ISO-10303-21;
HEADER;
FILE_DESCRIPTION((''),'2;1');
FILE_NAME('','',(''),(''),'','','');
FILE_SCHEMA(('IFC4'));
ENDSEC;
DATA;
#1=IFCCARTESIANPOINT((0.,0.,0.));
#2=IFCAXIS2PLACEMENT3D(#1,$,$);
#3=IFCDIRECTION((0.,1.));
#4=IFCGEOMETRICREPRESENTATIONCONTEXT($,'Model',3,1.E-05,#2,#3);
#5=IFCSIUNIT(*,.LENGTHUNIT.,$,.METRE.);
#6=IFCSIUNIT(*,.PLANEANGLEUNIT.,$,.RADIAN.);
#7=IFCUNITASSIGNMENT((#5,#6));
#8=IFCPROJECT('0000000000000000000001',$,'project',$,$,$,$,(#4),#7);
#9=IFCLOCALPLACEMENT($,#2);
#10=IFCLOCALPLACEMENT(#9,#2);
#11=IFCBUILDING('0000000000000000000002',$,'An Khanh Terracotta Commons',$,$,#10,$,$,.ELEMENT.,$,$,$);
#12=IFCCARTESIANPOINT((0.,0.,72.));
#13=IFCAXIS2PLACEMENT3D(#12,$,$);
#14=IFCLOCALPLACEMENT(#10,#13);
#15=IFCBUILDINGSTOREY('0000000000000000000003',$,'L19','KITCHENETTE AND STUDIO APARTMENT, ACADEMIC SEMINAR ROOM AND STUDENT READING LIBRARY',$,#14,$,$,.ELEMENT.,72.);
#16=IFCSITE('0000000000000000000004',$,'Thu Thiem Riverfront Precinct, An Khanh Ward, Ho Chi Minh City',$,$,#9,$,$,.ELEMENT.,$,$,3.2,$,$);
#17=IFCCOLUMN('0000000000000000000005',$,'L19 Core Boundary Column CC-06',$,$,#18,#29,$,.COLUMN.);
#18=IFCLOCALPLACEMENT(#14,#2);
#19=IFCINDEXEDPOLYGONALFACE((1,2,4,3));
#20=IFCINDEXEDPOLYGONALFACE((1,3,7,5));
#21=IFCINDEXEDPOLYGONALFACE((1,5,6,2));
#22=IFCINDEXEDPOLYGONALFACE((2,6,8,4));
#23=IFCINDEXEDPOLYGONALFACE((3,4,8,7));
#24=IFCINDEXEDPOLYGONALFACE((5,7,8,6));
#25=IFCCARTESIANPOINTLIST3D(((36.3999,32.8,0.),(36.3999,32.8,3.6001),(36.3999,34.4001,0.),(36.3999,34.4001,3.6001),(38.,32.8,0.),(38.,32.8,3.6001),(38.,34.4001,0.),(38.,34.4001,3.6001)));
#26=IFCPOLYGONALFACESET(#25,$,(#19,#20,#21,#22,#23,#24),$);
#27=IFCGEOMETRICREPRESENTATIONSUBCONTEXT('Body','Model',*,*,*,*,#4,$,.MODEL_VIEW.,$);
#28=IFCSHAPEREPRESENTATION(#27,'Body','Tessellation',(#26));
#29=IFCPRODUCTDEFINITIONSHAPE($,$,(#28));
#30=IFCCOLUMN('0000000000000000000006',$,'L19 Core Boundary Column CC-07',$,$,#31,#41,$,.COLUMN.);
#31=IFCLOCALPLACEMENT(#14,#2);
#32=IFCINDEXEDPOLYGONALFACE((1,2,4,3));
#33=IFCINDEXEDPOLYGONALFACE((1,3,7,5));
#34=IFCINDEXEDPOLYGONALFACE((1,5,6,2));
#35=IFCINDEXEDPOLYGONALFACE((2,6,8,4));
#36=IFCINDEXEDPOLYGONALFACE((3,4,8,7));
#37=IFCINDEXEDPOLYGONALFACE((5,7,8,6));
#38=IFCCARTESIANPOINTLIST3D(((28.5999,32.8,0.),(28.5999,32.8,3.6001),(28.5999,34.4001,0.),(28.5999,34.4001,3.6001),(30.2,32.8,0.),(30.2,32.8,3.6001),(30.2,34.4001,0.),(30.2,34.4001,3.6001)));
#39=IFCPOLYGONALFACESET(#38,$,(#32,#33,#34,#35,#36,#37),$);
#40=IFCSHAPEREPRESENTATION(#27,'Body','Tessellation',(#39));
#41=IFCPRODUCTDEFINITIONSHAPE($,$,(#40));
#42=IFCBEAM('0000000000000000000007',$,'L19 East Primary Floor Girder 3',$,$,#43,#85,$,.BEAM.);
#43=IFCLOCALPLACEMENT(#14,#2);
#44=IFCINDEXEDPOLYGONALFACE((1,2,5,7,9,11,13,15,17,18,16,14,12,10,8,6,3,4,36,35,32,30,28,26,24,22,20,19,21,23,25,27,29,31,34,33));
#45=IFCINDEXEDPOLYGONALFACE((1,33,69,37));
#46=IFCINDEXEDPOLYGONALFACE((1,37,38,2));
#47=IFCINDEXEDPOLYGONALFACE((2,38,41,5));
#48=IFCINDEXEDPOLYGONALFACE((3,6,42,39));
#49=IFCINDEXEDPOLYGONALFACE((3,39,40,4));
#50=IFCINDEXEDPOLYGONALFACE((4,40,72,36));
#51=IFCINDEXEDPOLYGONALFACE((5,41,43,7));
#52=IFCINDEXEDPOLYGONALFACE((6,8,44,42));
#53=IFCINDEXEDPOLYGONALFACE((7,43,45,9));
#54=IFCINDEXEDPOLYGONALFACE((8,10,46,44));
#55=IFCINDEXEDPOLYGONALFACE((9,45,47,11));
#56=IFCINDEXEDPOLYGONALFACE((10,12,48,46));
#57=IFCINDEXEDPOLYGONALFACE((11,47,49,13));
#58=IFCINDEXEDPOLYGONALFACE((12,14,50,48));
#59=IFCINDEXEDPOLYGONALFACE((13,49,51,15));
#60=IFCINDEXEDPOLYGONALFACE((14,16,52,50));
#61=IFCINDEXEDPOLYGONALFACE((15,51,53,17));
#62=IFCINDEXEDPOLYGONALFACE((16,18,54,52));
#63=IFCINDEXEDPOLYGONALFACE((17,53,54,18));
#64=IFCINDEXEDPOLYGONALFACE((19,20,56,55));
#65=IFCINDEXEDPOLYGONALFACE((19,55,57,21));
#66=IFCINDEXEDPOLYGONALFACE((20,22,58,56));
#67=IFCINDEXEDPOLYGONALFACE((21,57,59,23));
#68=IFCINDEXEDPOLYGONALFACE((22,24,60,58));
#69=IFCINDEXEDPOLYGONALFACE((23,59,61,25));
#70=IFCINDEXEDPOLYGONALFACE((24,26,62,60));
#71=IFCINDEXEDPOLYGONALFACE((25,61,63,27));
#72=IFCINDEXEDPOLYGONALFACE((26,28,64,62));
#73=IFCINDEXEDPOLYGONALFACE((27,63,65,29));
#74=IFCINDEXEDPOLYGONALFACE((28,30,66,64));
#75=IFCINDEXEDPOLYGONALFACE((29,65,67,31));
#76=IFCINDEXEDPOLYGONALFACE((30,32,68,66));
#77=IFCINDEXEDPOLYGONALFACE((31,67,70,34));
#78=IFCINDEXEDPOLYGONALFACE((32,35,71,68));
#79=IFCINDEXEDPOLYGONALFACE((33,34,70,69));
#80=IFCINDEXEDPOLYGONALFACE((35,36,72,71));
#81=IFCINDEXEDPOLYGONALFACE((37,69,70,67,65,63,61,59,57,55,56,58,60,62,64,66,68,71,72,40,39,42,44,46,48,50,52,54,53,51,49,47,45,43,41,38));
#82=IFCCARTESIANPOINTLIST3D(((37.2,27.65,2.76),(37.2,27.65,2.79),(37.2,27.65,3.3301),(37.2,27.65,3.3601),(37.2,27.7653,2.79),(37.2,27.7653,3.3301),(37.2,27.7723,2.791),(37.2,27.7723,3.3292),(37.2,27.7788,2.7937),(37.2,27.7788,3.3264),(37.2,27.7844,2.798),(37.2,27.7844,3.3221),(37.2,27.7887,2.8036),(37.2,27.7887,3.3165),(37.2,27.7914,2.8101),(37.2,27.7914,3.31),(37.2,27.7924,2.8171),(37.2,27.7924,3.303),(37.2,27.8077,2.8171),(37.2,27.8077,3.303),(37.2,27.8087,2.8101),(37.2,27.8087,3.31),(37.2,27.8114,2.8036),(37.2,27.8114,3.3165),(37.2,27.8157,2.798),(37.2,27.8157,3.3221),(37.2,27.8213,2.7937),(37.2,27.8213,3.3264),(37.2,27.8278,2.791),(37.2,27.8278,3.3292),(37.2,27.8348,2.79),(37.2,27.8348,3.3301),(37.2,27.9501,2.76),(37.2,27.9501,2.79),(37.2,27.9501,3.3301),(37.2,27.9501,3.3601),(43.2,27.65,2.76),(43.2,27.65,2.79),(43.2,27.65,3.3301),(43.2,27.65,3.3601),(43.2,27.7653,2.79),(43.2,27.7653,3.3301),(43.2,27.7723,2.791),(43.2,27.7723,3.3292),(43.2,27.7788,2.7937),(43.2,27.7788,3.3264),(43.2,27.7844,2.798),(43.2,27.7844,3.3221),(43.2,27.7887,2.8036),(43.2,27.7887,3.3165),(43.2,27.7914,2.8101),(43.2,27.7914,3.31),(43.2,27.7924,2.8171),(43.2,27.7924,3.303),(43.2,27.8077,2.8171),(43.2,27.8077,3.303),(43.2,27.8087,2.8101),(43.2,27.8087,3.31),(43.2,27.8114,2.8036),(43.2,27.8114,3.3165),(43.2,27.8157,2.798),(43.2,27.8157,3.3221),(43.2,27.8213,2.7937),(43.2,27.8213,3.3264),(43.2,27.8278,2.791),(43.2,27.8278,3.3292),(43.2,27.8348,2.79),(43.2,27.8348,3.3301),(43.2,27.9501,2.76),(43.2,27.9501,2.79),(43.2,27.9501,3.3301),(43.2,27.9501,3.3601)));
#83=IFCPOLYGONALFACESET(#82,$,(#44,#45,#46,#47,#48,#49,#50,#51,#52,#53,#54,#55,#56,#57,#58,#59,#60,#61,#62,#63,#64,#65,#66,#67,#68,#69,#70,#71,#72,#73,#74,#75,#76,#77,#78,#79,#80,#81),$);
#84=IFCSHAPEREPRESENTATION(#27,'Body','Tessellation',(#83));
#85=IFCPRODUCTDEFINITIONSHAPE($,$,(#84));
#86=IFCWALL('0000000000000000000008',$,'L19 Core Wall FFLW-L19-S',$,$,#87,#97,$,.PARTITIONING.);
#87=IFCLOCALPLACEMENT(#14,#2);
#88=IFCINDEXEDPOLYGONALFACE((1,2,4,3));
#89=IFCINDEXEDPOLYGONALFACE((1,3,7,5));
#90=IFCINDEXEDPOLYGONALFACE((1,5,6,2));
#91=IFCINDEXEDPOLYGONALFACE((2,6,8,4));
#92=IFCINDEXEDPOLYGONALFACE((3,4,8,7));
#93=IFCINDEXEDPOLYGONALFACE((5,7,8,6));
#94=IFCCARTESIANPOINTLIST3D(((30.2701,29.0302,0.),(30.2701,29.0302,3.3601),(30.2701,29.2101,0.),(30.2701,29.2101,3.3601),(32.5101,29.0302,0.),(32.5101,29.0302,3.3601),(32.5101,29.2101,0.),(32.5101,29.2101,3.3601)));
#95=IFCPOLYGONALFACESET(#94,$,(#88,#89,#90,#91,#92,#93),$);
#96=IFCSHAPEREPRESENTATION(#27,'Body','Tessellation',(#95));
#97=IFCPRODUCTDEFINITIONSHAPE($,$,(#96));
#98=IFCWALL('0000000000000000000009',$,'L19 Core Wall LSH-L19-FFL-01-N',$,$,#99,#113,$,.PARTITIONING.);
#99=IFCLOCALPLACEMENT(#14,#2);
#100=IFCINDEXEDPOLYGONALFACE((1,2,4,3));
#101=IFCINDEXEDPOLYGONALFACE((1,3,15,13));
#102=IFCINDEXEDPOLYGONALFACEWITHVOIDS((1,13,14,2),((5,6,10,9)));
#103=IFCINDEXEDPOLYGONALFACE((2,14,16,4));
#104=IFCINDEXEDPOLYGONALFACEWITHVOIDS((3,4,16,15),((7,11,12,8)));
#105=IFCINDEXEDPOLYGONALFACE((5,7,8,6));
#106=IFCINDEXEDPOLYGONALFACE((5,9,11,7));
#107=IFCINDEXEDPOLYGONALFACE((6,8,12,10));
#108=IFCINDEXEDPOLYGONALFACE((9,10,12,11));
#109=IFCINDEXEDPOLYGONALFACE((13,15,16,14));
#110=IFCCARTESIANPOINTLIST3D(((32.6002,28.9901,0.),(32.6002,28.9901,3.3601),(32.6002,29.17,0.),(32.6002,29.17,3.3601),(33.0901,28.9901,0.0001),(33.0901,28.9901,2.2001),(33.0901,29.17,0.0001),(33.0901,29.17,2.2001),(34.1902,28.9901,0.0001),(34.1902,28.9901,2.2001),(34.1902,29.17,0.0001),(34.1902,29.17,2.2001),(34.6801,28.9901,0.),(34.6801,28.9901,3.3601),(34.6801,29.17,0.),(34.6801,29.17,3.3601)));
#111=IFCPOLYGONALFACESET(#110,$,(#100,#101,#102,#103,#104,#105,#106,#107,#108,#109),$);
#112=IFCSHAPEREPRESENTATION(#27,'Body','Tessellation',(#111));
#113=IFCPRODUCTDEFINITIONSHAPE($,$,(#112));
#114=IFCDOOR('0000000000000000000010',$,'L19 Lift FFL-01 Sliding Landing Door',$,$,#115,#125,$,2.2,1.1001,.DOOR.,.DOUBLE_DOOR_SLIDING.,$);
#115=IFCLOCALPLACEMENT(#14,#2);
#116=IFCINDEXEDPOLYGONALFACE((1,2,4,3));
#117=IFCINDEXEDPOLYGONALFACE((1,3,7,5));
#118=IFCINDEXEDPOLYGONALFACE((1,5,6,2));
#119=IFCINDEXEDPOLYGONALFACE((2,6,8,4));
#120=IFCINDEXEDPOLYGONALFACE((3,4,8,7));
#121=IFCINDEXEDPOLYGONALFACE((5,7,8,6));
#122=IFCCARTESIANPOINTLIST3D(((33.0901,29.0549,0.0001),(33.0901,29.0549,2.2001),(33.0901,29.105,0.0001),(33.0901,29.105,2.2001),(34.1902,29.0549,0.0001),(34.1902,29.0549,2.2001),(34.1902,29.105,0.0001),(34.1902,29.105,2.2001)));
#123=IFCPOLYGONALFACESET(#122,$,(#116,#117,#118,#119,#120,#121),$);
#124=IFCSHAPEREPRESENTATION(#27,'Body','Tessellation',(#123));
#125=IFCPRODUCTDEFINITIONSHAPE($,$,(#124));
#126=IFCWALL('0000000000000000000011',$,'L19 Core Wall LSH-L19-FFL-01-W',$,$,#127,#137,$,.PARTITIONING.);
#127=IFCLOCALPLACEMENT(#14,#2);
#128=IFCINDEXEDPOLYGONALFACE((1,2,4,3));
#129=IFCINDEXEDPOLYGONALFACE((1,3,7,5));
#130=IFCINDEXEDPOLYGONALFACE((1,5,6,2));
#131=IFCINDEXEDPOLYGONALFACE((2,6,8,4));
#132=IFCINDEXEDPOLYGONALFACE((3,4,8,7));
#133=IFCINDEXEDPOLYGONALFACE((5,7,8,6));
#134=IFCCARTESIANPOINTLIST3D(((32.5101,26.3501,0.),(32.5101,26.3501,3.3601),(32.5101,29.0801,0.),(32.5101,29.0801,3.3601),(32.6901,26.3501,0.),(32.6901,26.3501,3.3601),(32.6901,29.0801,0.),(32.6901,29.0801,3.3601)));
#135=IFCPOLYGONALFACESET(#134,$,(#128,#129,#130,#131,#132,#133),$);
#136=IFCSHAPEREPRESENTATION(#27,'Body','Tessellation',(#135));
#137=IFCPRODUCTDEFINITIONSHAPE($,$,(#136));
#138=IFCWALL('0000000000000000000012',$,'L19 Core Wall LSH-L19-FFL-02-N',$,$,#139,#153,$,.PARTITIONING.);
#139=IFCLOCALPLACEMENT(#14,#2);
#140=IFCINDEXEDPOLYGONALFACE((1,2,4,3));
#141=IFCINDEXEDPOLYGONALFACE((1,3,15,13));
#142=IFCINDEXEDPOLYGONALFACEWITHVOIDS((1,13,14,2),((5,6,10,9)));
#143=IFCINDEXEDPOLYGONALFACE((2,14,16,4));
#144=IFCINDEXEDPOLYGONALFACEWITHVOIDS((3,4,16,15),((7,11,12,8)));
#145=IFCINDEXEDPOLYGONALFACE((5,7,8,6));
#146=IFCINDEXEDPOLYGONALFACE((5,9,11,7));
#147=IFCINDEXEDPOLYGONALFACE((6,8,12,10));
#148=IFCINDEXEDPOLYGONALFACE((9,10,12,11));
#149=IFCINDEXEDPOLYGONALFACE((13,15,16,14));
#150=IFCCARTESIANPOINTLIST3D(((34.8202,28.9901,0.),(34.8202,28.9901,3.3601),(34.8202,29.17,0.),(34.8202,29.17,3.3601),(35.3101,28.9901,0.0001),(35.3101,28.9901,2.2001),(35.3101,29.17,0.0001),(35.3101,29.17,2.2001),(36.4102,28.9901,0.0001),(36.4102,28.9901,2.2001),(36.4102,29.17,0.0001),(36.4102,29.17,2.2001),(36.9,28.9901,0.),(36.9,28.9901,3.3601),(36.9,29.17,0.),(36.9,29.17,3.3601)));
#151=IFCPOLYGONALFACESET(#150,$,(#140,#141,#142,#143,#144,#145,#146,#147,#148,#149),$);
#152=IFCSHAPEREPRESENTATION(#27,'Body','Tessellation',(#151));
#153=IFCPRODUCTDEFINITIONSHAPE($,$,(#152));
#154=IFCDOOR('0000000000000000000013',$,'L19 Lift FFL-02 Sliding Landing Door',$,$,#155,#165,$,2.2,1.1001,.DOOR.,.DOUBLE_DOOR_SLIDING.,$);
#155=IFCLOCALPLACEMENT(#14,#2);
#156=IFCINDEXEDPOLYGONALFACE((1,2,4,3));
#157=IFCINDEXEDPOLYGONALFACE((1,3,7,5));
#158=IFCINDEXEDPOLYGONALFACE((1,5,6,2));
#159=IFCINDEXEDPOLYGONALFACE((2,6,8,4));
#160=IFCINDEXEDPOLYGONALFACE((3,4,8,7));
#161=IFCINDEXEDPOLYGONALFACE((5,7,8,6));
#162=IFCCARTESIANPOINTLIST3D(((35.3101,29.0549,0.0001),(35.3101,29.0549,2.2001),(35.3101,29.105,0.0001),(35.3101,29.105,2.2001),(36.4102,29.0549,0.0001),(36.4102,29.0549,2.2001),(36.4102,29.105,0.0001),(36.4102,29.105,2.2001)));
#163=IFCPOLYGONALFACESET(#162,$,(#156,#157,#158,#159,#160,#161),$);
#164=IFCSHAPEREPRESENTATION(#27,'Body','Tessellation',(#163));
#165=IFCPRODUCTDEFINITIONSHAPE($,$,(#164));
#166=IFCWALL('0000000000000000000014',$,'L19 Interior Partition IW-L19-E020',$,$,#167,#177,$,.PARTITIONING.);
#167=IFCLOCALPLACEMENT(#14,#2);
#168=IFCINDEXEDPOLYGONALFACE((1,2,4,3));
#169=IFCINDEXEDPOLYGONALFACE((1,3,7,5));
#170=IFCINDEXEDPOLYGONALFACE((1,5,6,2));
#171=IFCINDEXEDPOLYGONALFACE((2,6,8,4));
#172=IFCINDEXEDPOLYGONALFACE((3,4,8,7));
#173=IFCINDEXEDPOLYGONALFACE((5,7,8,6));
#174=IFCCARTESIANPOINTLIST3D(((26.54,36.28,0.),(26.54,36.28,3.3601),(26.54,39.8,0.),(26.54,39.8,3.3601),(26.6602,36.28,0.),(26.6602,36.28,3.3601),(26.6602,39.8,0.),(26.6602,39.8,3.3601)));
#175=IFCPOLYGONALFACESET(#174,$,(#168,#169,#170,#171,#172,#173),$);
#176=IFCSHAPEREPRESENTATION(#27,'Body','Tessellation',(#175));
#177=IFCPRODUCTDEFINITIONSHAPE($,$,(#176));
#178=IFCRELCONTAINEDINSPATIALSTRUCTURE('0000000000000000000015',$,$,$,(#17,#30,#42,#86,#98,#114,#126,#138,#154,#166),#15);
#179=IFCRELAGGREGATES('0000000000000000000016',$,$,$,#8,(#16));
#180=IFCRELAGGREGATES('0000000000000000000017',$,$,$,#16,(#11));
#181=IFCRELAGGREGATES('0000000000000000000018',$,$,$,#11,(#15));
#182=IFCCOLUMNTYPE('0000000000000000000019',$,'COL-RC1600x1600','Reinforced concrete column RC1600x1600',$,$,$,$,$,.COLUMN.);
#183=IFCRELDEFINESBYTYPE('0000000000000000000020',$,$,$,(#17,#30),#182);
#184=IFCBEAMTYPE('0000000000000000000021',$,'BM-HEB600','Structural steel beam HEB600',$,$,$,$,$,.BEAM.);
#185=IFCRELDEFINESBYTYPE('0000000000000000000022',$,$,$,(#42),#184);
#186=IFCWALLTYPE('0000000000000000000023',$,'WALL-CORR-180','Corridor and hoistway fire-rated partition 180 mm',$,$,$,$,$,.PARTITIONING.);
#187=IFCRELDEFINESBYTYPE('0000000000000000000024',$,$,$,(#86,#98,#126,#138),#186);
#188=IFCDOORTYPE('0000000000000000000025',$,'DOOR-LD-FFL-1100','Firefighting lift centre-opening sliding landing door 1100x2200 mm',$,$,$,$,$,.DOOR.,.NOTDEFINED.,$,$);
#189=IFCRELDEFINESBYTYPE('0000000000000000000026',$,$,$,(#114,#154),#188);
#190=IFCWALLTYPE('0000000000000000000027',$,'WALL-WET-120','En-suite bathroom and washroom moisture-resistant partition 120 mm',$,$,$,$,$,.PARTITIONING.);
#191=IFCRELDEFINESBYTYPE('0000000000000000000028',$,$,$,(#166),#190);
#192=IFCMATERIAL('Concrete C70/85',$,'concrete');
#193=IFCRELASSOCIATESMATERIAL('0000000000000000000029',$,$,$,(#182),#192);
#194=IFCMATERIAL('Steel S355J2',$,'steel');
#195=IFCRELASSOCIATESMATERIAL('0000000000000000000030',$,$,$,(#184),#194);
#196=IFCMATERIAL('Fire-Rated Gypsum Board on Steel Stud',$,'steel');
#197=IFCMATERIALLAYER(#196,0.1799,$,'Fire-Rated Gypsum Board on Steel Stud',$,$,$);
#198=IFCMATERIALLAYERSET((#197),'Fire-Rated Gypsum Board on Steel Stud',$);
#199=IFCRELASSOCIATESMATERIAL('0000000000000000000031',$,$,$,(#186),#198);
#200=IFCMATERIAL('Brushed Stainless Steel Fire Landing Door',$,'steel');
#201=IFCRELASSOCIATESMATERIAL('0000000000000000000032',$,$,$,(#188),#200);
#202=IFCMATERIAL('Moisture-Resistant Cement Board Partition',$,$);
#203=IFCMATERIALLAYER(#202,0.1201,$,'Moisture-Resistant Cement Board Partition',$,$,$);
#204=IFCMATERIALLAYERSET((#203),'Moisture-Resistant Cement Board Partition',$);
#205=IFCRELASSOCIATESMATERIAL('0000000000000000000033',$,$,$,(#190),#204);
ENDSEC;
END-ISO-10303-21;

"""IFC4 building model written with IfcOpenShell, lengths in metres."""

from ifc_helpers import new_model, si_unit, direction, frame, frame_2d, origin, origin_2d, place, context, subcontext, project, spatial, rectangle, i_section, extrude, material, layer, layer_set, material_profile, profile_set, type_object, element, fill, save


model = new_model("IFC4")

# Units and contexts
model_context = context("Model", 3, precision=1e-05, world=origin(), true_north=direction((0.0, 1.0)))
body_context = subcontext(model_context, "Body", "Model", "MODEL_VIEW")
ifc_project = project(units=[si_unit("LENGTHUNIT", "METRE"), si_unit("PLANEANGLEUNIT", "RADIAN")], contexts=[model_context])

# Site, building, storey
site_placement = place(None, origin())
site = spatial("IfcSite", under=ifc_project, at=site_placement, Name="Thu Thiem Riverfront Precinct, An Khanh Ward, Ho Chi Minh City", CompositionType="ELEMENT", RefElevation=3.2)
building_placement = place(site_placement, origin())
building = spatial("IfcBuilding", under=site, at=building_placement, Name="An Khanh Terracotta Commons", CompositionType="ELEMENT")
storey_placement = place(building_placement, frame((0.0, 0.0, 72.0)))
storey = spatial("IfcBuildingStorey", under=building, at=storey_placement, Name="L19", Description="KITCHENETTE AND STUDIO APARTMENT, ACADEMIC SEMINAR ROOM AND STUDENT READING LIBRARY", CompositionType="ELEMENT", Elevation=72.0)

# Columns
ifc_material_1 = material(Name="Concrete C70/85", Category="concrete")
ifc_material_profile_1 = material_profile(ifc_material_1, rectangle(XDim=1.6001, YDim=1.6001, at=origin_2d()), Name="RC1600x1600")
ifc_profile_set_1 = profile_set([ifc_material_profile_1], Name="Concrete C70/85")
column_type = type_object("IfcColumnType", Name="COL-RC1600x1600", Description="Reinforced concrete column RC1600x1600", PredefinedType="COLUMN", material=ifc_profile_set_1)
for number, where, z_axis, x_axis, name in (
    (1, (37.2, 33.6001, 0.0), (0.0, 0.0, 1.0), (1.0, 0.0, 0.0), "L19 Core Boundary Column CC-06"),
    (2, (29.3999, 33.6001, 0.0), (0.0, 0.0, 1.0), (1.0, 0.0, 0.0), "L19 Core Boundary Column CC-07"),
):
    element("IfcColumn", number, at=place(storey_placement, frame(where, z_axis=z_axis, x_axis=x_axis)), inside=storey, type_object=column_type, Name=name, PredefinedType="COLUMN", context=body_context, shape_type="SweptSolid", body=[
        extrude(rectangle(XDim=1.6001, YDim=1.6001, at=origin_2d()), origin(), (0.0, 0.0, 1.0), 3.6001),
    ])

# Beam
ifc_material_2 = material(Name="Steel S355J2", Category="steel")
ifc_material_profile_2 = material_profile(ifc_material_2, i_section(OverallWidth=0.3, OverallDepth=0.6001, WebThickness=0.0154, FlangeThickness=0.03, FilletRadius=0.0271, at=origin_2d()), Name="HEB600")
ifc_profile_set_2 = profile_set([ifc_material_profile_2], Name="Steel S355J2")
beam_type = type_object("IfcBeamType", Name="BM-HEB600", Description="Structural steel beam HEB600", PredefinedType="BEAM", material=ifc_profile_set_2)
beam_placement = place(storey_placement, frame((37.2, 27.8, 3.0601), z_axis=(1.0, 0.0, 0.0), x_axis=(0.0, 1.0, 0.0)))
element("IfcBeam", 3, at=beam_placement, inside=storey, type_object=beam_type, Name="L19 East Primary Floor Girder 3", PredefinedType="BEAM", context=body_context, shape_type="SweptSolid", body=[
    extrude(i_section(OverallWidth=0.3, OverallDepth=0.6001, WebThickness=0.0154, FlangeThickness=0.03, FilletRadius=0.0271, at=origin_2d()), origin(), (0.0, 0.0, 1.0), 6.0),
])

# Wall
ifc_material_3 = material(Name="Fire-Rated Gypsum Board on Steel Stud", Category="steel")
ifc_layer_1 = layer(ifc_material_3, 0.1799, Name="Fire-Rated Gypsum Board on Steel Stud")
ifc_layer_set_1 = layer_set([ifc_layer_1], Name="Fire-Rated Gypsum Board on Steel Stud")
wall_type_1 = type_object("IfcWallType", Name="WALL-CORR-180", Description="Corridor and hoistway fire-rated partition 180 mm", PredefinedType="PARTITIONING", material=ifc_layer_set_1)
wall_1_placement = place(storey_placement, frame((30.27, 29.1201, 0.0), z_axis=(0.0, 0.0, 1.0), x_axis=(1.0, 0.0, 0.0)))
element("IfcWall", 4, at=wall_1_placement, inside=storey, type_object=wall_type_1, Name="L19 Core Wall FFLW-L19-S", PredefinedType="PARTITIONING", context=body_context, shape_type="SweptSolid", body=[
    extrude(rectangle(XDim=2.24, YDim=0.1799, at=frame_2d((1.1201, 0.0))), origin(), (0.0, 0.0, 1.0), 3.3601),
])

# Wall, opening, door
wall_2_placement = place(storey_placement, frame((32.6001, 29.0801, 0.0), z_axis=(0.0, 0.0, 1.0), x_axis=(1.0, 0.0, 0.0)))
wall_2 = element("IfcWall", 5, at=wall_2_placement, inside=storey, type_object=wall_type_1, Name="L19 Core Wall LSH-L19-FFL-01-N", PredefinedType="PARTITIONING", context=body_context, shape_type="SweptSolid", body=[
    extrude(rectangle(XDim=2.0798, YDim=0.1799, at=frame_2d((1.04, 0.0))), origin(), (0.0, 0.0, 1.0), 3.3601),
])
opening_1_placement = place(wall_2_placement, frame((0.49, 0.0, 0.0)))
opening_1 = element("IfcOpeningElement", 6, at=opening_1_placement, cuts=wall_2, PredefinedType="OPENING", context=body_context, shape_type="SweptSolid", body=[
    extrude(rectangle(XDim=1.1001, YDim=2.2, at=frame_2d((0.55, 1.1001))), frame((0.0, 0.0999, 0.0), z_axis=(0.0, -1.0, 0.0), x_axis=(1.0, 0.0, 0.0)), (0.0, 0.0, 1.0), 0.2),
])
ifc_material_4 = material(Name="Brushed Stainless Steel Fire Landing Door", Category="steel")
door_type_1 = type_object("IfcDoorType", Name="DOOR-LD-FFL-1100", Description="Firefighting lift centre-opening sliding landing door 1100x2200 mm", OperationType="NOTDEFINED", PredefinedType="DOOR", material=ifc_material_4)
door_1_placement = place(opening_1_placement, origin())
door_1 = element("IfcDoor", 7, at=door_1_placement, inside=storey, type_object=door_type_1, Name="L19 Lift FFL-01 Sliding Landing Door", OperationType="DOUBLE_DOOR_SLIDING", OverallHeight=2.2, OverallWidth=1.1001, PredefinedType="DOOR", context=body_context, shape_type="SweptSolid", body=[
    extrude(rectangle(XDim=1.1001, YDim=2.2, at=frame_2d((0.55, 1.1001))), frame((0.0, 0.0249, 0.0), z_axis=(0.0, -1.0, 0.0), x_axis=(1.0, 0.0, 0.0)), (0.0, 0.0, 1.0), 0.05),
])
fill(opening_1, door_1)

# Wall
wall_3_placement = place(storey_placement, frame((32.6001, 29.0801, 0.0), z_axis=(0.0, 0.0, 1.0), x_axis=(0.0, -1.0, 0.0)))
element("IfcWall", 8, at=wall_3_placement, inside=storey, type_object=wall_type_1, Name="L19 Core Wall LSH-L19-FFL-01-W", PredefinedType="PARTITIONING", context=body_context, shape_type="SweptSolid", body=[
    extrude(rectangle(XDim=2.73, YDim=0.1799, at=frame_2d((1.365, 0.0))), origin(), (0.0, 0.0, 1.0), 3.3601),
])

# Wall, opening, door
wall_4_placement = place(storey_placement, frame((34.8201, 29.0801, 0.0), z_axis=(0.0, 0.0, 1.0), x_axis=(1.0, 0.0, 0.0)))
wall_4 = element("IfcWall", 9, at=wall_4_placement, inside=storey, type_object=wall_type_1, Name="L19 Core Wall LSH-L19-FFL-02-N", PredefinedType="PARTITIONING", context=body_context, shape_type="SweptSolid", body=[
    extrude(rectangle(XDim=2.0798, YDim=0.1799, at=frame_2d((1.04, 0.0))), origin(), (0.0, 0.0, 1.0), 3.3601),
])
opening_2_placement = place(wall_4_placement, frame((0.49, 0.0, 0.0)))
opening_2 = element("IfcOpeningElement", 10, at=opening_2_placement, cuts=wall_4, PredefinedType="OPENING", context=body_context, shape_type="SweptSolid", body=[
    extrude(rectangle(XDim=1.1001, YDim=2.2, at=frame_2d((0.55, 1.1001))), frame((0.0, 0.0999, 0.0), z_axis=(0.0, -1.0, 0.0), x_axis=(1.0, 0.0, 0.0)), (0.0, 0.0, 1.0), 0.2),
])
door_2_placement = place(opening_2_placement, origin())
door_2 = element("IfcDoor", 11, at=door_2_placement, inside=storey, type_object=door_type_1, Name="L19 Lift FFL-02 Sliding Landing Door", OperationType="DOUBLE_DOOR_SLIDING", OverallHeight=2.2, OverallWidth=1.1001, PredefinedType="DOOR", context=body_context, shape_type="SweptSolid", body=[
    extrude(rectangle(XDim=1.1001, YDim=2.2, at=frame_2d((0.55, 1.1001))), frame((0.0, 0.0249, 0.0), z_axis=(0.0, -1.0, 0.0), x_axis=(1.0, 0.0, 0.0)), (0.0, 0.0, 1.0), 0.05),
])
fill(opening_2, door_2)

# Wall
ifc_material_5 = material(Name="Moisture-Resistant Cement Board Partition")
ifc_layer_2 = layer(ifc_material_5, 0.1201, Name="Moisture-Resistant Cement Board Partition")
ifc_layer_set_2 = layer_set([ifc_layer_2], Name="Moisture-Resistant Cement Board Partition")
wall_type_2 = type_object("IfcWallType", Name="WALL-WET-120", Description="En-suite bathroom and washroom moisture-resistant partition 120 mm", PredefinedType="PARTITIONING", material=ifc_layer_set_2)
wall_5_placement = place(storey_placement, frame((26.6001, 36.28, 0.0), z_axis=(0.0, 0.0, 1.0), x_axis=(0.0, 1.0, 0.0)))
element("IfcWall", 12, at=wall_5_placement, inside=storey, type_object=wall_type_2, Name="L19 Interior Partition IW-L19-E020", PredefinedType="PARTITIONING", context=body_context, shape_type="SweptSolid", body=[
    extrude(rectangle(XDim=3.52, YDim=0.1201, at=frame_2d((1.76, 0.0))), origin(), (0.0, 0.0, 1.0), 3.3601),
])

save(model, "model.ifc")
